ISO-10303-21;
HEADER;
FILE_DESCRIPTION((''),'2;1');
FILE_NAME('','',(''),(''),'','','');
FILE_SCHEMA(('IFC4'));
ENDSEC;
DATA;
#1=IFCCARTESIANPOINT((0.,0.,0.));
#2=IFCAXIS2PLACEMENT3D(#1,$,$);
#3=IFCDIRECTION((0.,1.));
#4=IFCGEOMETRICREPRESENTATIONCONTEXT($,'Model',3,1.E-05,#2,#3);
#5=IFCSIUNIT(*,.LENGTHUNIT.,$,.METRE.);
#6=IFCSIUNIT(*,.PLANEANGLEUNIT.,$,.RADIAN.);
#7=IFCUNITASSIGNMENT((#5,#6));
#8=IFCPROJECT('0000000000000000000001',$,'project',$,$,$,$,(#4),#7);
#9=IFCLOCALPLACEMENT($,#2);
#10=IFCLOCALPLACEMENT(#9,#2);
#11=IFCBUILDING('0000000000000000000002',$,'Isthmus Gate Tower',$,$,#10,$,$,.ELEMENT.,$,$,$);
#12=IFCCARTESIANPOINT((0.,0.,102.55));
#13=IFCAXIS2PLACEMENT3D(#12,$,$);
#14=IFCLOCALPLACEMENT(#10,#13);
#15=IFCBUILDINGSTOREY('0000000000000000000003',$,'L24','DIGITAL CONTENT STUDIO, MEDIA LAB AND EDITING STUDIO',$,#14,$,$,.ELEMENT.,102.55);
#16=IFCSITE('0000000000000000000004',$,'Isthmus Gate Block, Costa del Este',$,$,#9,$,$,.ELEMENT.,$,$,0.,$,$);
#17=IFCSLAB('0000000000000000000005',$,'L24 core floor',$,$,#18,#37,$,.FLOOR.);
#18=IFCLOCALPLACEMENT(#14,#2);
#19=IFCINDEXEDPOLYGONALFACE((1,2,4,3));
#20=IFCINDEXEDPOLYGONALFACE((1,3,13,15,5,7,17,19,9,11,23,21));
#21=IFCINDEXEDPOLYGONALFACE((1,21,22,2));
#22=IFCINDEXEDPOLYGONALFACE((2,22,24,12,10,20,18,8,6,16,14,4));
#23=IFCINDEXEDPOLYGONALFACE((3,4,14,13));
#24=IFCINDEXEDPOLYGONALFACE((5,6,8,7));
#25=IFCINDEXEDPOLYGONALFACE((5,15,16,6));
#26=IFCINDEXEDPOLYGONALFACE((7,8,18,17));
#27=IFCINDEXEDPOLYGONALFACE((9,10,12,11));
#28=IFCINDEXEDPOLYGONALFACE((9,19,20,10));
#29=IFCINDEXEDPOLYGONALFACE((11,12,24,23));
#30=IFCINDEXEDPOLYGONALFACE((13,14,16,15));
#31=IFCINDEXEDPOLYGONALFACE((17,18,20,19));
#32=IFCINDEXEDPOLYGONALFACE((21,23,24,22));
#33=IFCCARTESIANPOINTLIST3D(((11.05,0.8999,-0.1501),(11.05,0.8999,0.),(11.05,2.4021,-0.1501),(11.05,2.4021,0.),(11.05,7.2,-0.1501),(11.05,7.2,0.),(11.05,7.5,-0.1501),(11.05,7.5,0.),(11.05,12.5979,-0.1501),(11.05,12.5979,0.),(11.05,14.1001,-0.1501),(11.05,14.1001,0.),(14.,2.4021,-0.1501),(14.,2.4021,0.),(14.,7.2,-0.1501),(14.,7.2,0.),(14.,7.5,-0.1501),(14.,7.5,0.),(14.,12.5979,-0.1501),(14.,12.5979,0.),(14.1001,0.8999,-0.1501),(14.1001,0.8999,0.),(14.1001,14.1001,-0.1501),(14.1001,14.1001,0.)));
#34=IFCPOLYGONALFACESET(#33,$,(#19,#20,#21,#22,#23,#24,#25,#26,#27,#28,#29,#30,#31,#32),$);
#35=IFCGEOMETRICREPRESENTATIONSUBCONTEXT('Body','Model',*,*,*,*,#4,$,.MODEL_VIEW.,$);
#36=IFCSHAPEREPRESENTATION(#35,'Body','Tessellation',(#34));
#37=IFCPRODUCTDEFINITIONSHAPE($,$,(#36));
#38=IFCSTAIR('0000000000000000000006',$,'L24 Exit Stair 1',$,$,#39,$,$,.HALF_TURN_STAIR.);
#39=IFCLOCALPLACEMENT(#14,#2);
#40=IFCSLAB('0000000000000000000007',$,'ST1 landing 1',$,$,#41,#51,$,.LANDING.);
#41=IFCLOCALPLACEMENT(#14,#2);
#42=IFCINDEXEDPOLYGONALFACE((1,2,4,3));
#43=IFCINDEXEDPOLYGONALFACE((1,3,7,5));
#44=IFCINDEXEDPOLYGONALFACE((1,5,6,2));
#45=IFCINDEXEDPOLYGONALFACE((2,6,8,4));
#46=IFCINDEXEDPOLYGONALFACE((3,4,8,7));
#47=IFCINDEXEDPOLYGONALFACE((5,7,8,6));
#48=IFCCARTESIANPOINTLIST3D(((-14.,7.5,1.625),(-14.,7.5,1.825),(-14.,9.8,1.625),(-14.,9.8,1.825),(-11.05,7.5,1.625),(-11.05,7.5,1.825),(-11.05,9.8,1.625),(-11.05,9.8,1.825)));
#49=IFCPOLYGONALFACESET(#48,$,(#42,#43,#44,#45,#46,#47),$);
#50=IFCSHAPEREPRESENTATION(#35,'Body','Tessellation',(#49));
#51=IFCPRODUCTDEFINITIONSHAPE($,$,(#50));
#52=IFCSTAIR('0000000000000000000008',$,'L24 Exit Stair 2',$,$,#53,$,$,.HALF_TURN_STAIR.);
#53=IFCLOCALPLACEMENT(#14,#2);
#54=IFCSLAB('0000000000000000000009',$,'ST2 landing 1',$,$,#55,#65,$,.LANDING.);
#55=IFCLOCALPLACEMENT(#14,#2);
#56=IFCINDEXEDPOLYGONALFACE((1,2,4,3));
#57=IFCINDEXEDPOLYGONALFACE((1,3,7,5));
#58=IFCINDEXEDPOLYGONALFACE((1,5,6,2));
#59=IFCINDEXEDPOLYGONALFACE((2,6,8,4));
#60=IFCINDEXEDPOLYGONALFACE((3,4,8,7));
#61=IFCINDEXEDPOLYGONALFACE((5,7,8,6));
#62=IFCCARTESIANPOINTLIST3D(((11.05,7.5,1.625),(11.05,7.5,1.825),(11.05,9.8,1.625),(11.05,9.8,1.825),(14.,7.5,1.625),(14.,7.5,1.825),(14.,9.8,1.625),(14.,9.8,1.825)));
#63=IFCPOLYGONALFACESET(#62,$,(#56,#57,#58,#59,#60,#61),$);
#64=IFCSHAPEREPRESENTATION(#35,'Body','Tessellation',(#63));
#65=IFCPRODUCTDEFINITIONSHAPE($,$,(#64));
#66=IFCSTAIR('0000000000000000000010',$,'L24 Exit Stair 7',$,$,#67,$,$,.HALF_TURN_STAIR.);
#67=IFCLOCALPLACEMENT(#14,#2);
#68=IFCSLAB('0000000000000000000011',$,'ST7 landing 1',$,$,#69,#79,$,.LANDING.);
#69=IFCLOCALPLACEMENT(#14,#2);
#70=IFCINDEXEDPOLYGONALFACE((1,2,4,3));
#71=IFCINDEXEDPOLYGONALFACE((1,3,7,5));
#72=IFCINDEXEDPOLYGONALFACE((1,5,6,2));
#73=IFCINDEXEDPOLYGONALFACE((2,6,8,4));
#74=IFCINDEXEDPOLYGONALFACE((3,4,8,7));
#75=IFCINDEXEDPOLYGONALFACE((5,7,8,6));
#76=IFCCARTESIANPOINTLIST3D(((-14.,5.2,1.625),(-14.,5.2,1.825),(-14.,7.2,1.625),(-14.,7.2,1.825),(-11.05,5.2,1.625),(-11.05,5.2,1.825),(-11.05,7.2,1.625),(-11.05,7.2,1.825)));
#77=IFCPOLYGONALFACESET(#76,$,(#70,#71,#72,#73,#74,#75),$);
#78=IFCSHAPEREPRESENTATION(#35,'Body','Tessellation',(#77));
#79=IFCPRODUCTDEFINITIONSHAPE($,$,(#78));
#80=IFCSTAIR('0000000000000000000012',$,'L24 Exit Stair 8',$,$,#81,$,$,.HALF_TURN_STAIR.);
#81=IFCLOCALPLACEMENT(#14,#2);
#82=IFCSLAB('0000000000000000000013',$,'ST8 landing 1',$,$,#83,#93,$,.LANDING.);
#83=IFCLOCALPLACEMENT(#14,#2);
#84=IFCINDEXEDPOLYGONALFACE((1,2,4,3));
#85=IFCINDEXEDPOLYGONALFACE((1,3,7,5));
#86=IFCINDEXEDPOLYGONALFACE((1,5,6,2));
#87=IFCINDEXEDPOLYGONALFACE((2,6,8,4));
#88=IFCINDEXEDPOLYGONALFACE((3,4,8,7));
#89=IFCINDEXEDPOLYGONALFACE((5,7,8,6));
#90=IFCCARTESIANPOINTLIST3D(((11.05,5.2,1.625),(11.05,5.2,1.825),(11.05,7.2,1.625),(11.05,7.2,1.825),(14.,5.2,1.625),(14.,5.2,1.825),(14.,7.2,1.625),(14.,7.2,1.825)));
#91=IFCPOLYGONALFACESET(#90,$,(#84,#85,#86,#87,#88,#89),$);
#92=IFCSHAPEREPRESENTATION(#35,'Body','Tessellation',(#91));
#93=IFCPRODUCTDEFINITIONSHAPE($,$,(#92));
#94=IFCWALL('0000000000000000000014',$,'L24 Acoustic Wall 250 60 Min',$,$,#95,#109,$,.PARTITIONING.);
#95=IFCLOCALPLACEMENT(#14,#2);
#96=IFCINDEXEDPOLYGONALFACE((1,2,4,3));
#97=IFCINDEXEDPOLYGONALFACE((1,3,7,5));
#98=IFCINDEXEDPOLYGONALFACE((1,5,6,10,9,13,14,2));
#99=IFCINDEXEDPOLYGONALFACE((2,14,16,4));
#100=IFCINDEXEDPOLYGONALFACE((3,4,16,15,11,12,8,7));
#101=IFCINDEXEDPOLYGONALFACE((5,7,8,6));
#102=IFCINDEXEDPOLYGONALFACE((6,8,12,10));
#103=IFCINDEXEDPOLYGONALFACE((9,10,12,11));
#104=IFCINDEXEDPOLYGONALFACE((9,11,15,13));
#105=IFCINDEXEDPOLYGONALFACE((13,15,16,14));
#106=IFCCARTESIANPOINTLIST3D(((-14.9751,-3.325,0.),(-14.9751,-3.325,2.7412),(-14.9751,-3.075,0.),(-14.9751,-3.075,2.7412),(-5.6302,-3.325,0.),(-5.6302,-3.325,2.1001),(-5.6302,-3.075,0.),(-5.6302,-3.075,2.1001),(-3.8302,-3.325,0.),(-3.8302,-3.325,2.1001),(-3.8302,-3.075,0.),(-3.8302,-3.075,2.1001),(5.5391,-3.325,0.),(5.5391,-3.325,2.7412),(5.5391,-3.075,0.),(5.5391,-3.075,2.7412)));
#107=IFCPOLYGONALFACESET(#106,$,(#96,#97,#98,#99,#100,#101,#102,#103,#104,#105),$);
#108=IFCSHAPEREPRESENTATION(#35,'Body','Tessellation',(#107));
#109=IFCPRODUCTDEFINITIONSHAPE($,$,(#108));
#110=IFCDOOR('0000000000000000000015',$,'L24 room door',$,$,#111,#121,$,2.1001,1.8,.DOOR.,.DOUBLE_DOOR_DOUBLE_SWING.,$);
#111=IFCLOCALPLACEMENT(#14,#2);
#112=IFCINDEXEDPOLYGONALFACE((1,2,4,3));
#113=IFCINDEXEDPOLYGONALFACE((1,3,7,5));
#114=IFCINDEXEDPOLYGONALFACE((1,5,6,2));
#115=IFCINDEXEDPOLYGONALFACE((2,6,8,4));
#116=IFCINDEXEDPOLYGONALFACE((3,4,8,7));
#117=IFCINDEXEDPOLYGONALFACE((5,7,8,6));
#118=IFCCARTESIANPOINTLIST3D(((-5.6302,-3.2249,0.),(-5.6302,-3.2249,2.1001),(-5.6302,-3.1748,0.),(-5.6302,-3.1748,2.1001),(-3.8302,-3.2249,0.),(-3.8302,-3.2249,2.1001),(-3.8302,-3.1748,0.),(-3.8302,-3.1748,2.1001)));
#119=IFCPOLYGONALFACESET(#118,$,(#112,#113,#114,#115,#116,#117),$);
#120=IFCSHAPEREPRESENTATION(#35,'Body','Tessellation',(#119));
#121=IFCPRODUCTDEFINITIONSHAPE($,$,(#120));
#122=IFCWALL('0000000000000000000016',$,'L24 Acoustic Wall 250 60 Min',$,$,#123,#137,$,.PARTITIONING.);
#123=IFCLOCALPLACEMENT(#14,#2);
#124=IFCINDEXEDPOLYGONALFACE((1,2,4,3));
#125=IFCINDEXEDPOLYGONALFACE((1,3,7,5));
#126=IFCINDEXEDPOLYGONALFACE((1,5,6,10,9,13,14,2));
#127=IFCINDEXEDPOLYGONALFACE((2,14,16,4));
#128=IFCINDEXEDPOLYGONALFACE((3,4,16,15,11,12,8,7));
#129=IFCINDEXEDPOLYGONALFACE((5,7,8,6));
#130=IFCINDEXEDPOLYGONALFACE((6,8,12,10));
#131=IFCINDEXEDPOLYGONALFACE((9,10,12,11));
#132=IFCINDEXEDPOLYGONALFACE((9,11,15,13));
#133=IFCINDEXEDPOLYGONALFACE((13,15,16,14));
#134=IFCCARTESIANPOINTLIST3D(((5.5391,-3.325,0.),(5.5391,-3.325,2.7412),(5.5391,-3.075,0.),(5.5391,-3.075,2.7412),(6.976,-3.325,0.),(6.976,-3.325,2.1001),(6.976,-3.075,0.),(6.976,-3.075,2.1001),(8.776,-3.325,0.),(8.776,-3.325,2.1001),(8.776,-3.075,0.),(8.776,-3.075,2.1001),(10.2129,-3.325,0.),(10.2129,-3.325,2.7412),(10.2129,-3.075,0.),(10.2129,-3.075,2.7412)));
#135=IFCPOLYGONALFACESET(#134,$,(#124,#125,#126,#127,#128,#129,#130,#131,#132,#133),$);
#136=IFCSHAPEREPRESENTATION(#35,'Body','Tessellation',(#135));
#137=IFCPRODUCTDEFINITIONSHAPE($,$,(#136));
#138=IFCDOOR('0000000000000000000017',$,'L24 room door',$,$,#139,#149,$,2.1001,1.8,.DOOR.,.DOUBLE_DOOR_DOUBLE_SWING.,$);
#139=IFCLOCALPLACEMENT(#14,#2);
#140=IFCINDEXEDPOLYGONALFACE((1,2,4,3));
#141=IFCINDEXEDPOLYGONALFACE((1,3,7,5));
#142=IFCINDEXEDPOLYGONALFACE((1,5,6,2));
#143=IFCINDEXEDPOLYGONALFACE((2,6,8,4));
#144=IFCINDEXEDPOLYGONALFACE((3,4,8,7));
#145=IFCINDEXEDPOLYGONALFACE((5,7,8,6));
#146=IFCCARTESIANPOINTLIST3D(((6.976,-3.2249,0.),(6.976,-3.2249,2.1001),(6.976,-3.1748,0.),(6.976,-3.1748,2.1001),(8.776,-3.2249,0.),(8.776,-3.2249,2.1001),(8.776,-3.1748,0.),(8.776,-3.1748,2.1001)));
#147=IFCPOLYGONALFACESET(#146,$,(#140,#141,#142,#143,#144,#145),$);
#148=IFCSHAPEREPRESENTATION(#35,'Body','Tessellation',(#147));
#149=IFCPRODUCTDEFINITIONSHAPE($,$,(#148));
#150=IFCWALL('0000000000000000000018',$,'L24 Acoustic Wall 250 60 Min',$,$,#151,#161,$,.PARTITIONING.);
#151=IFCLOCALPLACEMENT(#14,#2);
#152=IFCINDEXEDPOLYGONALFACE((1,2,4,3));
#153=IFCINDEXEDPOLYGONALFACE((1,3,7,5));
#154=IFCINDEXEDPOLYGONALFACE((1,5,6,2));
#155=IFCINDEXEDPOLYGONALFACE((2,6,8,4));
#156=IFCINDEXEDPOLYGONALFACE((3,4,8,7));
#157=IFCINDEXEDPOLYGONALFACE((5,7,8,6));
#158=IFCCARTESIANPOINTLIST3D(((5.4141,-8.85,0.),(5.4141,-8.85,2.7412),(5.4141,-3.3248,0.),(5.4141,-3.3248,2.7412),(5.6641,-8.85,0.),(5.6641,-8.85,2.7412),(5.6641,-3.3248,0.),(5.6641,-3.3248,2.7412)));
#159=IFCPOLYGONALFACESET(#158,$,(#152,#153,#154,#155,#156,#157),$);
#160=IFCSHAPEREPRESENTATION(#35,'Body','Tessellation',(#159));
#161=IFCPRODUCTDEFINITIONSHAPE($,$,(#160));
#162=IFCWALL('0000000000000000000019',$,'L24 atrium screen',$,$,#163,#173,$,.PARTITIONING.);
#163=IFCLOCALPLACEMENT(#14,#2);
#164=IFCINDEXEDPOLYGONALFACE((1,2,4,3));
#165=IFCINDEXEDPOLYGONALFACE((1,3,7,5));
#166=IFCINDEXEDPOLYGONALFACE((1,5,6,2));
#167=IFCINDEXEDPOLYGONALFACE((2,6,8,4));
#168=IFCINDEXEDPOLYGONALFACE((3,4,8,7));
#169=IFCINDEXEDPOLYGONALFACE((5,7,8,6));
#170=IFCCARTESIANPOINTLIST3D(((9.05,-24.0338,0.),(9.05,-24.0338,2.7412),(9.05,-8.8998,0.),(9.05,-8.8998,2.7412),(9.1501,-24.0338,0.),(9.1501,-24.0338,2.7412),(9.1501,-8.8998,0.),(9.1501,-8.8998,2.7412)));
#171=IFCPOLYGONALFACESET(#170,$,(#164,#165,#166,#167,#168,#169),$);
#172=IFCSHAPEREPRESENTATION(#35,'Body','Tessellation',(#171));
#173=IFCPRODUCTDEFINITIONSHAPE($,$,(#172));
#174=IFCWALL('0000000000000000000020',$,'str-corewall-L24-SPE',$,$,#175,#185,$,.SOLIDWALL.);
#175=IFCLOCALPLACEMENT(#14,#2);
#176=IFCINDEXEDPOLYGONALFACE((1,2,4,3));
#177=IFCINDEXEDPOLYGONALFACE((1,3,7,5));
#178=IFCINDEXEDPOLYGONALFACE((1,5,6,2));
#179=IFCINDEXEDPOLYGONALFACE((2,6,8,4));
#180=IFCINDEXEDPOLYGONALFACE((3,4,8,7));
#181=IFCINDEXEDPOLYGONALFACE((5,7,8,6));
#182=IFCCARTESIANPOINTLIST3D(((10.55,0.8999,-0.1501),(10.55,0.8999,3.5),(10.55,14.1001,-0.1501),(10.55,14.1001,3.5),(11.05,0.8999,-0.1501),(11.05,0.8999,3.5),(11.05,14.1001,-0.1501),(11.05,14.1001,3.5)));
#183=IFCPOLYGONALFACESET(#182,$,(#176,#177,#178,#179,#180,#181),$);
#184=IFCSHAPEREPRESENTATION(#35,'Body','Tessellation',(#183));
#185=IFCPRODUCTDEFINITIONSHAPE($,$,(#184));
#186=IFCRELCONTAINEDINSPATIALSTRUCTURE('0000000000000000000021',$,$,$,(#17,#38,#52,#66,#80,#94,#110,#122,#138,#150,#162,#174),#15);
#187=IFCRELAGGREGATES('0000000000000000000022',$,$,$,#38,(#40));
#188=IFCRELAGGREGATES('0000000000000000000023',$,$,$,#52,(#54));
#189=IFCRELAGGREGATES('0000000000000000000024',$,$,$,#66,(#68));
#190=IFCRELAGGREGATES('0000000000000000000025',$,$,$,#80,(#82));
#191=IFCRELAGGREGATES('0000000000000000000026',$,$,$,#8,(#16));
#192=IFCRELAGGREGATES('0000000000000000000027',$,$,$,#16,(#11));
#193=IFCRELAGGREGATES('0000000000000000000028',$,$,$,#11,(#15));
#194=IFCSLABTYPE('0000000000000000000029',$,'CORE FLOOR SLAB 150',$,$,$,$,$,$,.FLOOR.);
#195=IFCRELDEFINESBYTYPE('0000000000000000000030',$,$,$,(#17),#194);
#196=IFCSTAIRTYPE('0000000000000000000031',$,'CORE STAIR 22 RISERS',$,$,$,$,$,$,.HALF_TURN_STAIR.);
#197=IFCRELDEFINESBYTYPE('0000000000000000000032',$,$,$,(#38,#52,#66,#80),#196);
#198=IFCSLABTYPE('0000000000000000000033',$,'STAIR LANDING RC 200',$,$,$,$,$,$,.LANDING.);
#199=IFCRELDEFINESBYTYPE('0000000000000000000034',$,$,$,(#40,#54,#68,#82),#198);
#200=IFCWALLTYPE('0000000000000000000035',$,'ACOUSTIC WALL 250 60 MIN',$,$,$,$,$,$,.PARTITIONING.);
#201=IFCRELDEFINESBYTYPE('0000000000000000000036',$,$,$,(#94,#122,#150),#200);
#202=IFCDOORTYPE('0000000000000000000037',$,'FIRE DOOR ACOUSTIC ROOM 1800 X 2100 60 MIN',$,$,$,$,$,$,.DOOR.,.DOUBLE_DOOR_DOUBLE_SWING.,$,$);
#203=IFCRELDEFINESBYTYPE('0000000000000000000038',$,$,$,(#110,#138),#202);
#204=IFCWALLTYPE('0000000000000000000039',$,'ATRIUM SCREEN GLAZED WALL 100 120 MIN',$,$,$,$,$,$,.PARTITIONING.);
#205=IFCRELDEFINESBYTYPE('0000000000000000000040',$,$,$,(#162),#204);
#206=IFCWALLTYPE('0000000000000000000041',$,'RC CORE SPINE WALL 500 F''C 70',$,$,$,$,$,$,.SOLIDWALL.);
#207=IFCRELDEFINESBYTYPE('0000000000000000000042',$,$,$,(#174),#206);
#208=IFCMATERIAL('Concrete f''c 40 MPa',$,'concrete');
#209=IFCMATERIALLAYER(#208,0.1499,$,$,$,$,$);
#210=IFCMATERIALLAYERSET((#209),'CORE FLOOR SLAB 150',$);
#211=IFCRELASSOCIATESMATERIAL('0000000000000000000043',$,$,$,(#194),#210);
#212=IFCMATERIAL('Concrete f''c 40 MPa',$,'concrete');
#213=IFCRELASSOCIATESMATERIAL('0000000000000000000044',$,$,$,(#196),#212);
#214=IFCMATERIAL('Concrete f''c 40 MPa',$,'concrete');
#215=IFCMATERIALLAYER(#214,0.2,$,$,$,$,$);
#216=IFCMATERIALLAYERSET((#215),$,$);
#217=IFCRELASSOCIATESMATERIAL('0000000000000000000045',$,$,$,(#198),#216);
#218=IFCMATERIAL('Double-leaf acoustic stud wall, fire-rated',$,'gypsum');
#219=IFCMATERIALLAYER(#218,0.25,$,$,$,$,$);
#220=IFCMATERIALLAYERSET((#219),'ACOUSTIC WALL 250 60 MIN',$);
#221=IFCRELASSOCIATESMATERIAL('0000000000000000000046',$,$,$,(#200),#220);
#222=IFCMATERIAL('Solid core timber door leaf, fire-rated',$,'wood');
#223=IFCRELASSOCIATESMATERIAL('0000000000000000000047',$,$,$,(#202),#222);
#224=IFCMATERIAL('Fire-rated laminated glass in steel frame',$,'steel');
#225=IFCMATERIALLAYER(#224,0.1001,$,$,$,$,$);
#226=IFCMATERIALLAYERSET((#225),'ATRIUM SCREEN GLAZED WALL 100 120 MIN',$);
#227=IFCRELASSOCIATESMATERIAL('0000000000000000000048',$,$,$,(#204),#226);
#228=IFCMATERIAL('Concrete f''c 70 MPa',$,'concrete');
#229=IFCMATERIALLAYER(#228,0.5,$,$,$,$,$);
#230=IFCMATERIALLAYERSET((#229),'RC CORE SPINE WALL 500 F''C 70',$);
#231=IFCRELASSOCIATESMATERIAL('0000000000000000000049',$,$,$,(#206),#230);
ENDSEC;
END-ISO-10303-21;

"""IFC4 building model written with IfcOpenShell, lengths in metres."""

from ifc_helpers import new_model, si_unit, direction, frame, frame_2d, origin, place, context, subcontext, project, spatial, polyline, rectangle, outline, extrude, material, layer, layer_set, type_object, element, fill, aggregate, save


model = new_model("IFC4")

# Units and contexts
model_context = context("Model", 3, precision=1e-05, world=origin(), true_north=direction((0.0, 1.0)))
body_context = subcontext(model_context, "Body", "Model", "MODEL_VIEW")
ifc_project = project(units=[si_unit("LENGTHUNIT", "METRE"), si_unit("PLANEANGLEUNIT", "RADIAN")], contexts=[model_context])

# Site, building, storey
site_placement = place(None, origin())
site = spatial("IfcSite", under=ifc_project, at=site_placement, Name="Isthmus Gate Block, Costa del Este", CompositionType="ELEMENT", RefElevation=0.0)
building_placement = place(site_placement, origin())
building = spatial("IfcBuilding", under=site, at=building_placement, Name="Isthmus Gate Tower", CompositionType="ELEMENT")
storey_placement = place(building_placement, frame((0.0, 0.0, 102.55)))
storey = spatial("IfcBuildingStorey", under=building, at=storey_placement, Name="L24", Description="DIGITAL CONTENT STUDIO, MEDIA LAB AND EDITING STUDIO", CompositionType="ELEMENT", Elevation=102.55)

# Slab
ifc_material_1 = material(Name="Concrete f'c 40 MPa", Category="concrete")
ifc_layer_1 = layer(ifc_material_1, 0.1499)
ifc_layer_set_1 = layer_set([ifc_layer_1], Name="CORE FLOOR SLAB 150")
slab_type_1 = type_object("IfcSlabType", Name="CORE FLOOR SLAB 150", PredefinedType="FLOOR", material=ifc_layer_set_1)
slab_1_placement = place(storey_placement, frame((0.0, 0.0, -0.1501)))
element("IfcSlab", 1, at=slab_1_placement, inside=storey, type_object=slab_type_1, Name="L24 core floor", PredefinedType="FLOOR", context=body_context, shape_type="SweptSolid", body=[
    extrude(outline(polyline([(11.05, 14.1001), (11.05, 12.5979), (14.0, 12.5979), (14.0, 7.5), (11.05, 7.5), (11.05, 7.2), (14.0, 7.2), (14.0, 2.4021), (11.05, 2.4021), (11.05, 0.8999), (14.1001, 0.8999), (14.1001, 14.1001), (11.05, 14.1001)])), origin(), (0.0, 0.0, 1.0), 0.1501),
])

# Stairs, slabs
ifc_material_2 = material(Name="Concrete f'c 40 MPa", Category="concrete")
stair_type = type_object("IfcStairType", Name="CORE STAIR 22 RISERS", PredefinedType="HALF_TURN_STAIR", material=ifc_material_2)
stair_1_placement = place(storey_placement, origin())
stair_1 = element("IfcStair", 2, at=stair_1_placement, inside=storey, type_object=stair_type, Name="L24 Exit Stair 1", PredefinedType="HALF_TURN_STAIR")
ifc_material_3 = material(Name="Concrete f'c 40 MPa", Category="concrete")
ifc_layer_2 = layer(ifc_material_3, 0.2)
ifc_layer_set_2 = layer_set([ifc_layer_2])
slab_type_2 = type_object("IfcSlabType", Name="STAIR LANDING RC 200", PredefinedType="LANDING", material=ifc_layer_set_2)
slab_2_placement = place(storey_placement, frame((0.0, 0.0, 1.625)))
slab_2 = element("IfcSlab", 3, at=slab_2_placement, type_object=slab_type_2, Name="ST1 landing 1", PredefinedType="LANDING", context=body_context, shape_type="SweptSolid", body=[
    extrude(outline(polyline([(-14.0, 9.8), (-14.0, 7.5), (-11.05, 7.5), (-11.05, 9.8), (-14.0, 9.8)])), origin(), (0.0, 0.0, 1.0), 0.2),
])
aggregate(stair_1, [slab_2])
stair_2_placement = place(storey_placement, origin())
stair_2 = element("IfcStair", 4, at=stair_2_placement, inside=storey, type_object=stair_type, Name="L24 Exit Stair 2", PredefinedType="HALF_TURN_STAIR")
slab_3_placement = place(storey_placement, frame((0.0, 0.0, 1.625)))
slab_3 = element("IfcSlab", 5, at=slab_3_placement, type_object=slab_type_2, Name="ST2 landing 1", PredefinedType="LANDING", context=body_context, shape_type="SweptSolid", body=[
    extrude(outline(polyline([(11.05, 9.8), (11.05, 7.5), (14.0, 7.5), (14.0, 9.8), (11.05, 9.8)])), origin(), (0.0, 0.0, 1.0), 0.2),
])
aggregate(stair_2, [slab_3])
stair_3_placement = place(storey_placement, origin())
stair_3 = element("IfcStair", 6, at=stair_3_placement, inside=storey, type_object=stair_type, Name="L24 Exit Stair 7", PredefinedType="HALF_TURN_STAIR")
slab_4_placement = place(storey_placement, frame((0.0, 0.0, 1.625)))
slab_4 = element("IfcSlab", 7, at=slab_4_placement, type_object=slab_type_2, Name="ST7 landing 1", PredefinedType="LANDING", context=body_context, shape_type="SweptSolid", body=[
    extrude(outline(polyline([(-11.05, 5.2), (-11.05, 7.2), (-14.0, 7.2), (-14.0, 5.2), (-11.05, 5.2)])), origin(), (0.0, 0.0, 1.0), 0.2),
])
aggregate(stair_3, [slab_4])
stair_4_placement = place(storey_placement, origin())
stair_4 = element("IfcStair", 8, at=stair_4_placement, inside=storey, type_object=stair_type, Name="L24 Exit Stair 8", PredefinedType="HALF_TURN_STAIR")
slab_5_placement = place(storey_placement, frame((0.0, 0.0, 1.625)))
slab_5 = element("IfcSlab", 9, at=slab_5_placement, type_object=slab_type_2, Name="ST8 landing 1", PredefinedType="LANDING", context=body_context, shape_type="SweptSolid", body=[
    extrude(outline(polyline([(14.0, 5.2), (14.0, 7.2), (11.05, 7.2), (11.05, 5.2), (14.0, 5.2)])), origin(), (0.0, 0.0, 1.0), 0.2),
])

# Walls, openings, doors
ifc_material_4 = material(Name="Double-leaf acoustic stud wall, fire-rated", Category="gypsum")
ifc_layer_3 = layer(ifc_material_4, 0.25)
ifc_layer_set_3 = layer_set([ifc_layer_3], Name="ACOUSTIC WALL 250 60 MIN")
wall_type_1 = type_object("IfcWallType", Name="ACOUSTIC WALL 250 60 MIN", PredefinedType="PARTITIONING", material=ifc_layer_set_3)
wall_1_placement = place(storey_placement, frame((5.5391, -3.2, 0.0), z_axis=(0.0, 0.0, 1.0), x_axis=(-1.0, 0.0, 0.0)))
wall_1 = element("IfcWall", 10, at=wall_1_placement, inside=storey, type_object=wall_type_1, Name="L24 Acoustic Wall 250 60 Min", PredefinedType="PARTITIONING", context=body_context, shape_type="SweptSolid", body=[
    extrude(rectangle(XDim=20.5142, YDim=0.25, at=frame_2d((10.2571, 0.0))), origin(), (0.0, 0.0, 1.0), 2.7412),
])
opening_1_placement = place(wall_1_placement, frame((9.3694, 0.0, 0.0)))
opening_1 = element("IfcOpeningElement", 11, at=opening_1_placement, cuts=wall_1, PredefinedType="OPENING", context=body_context, shape_type="SweptSolid", body=[
    extrude(rectangle(XDim=1.8, YDim=2.1001, at=frame_2d((0.8999, 1.05))), frame((0.0, 0.135, 0.0), z_axis=(0.0, -1.0, 0.0), x_axis=(1.0, 0.0, 0.0)), (0.0, 0.0, 1.0), 0.27),
])
ifc_material_5 = material(Name="Solid core timber door leaf, fire-rated", Category="wood")
door_type = type_object("IfcDoorType", Name="FIRE DOOR ACOUSTIC ROOM 1800 X 2100 60 MIN", OperationType="DOUBLE_DOOR_DOUBLE_SWING", PredefinedType="DOOR", material=ifc_material_5)
door_1_placement = place(opening_1_placement, origin())
door_1 = element("IfcDoor", 12, at=door_1_placement, inside=storey, type_object=door_type, Name="L24 room door", OperationType="DOUBLE_DOOR_DOUBLE_SWING", OverallHeight=2.1001, OverallWidth=1.8, PredefinedType="DOOR", context=body_context, shape_type="SweptSolid", body=[
    extrude(rectangle(XDim=1.8, YDim=2.1001, at=frame_2d((0.8999, 1.05))), frame((0.0, 0.0249, 0.0), z_axis=(0.0, -1.0, 0.0), x_axis=(1.0, 0.0, 0.0)), (0.0, 0.0, 1.0), 0.05),
])
fill(opening_1, door_1)
wall_2_placement = place(storey_placement, frame((10.2129, -3.2, 0.0), z_axis=(0.0, 0.0, 1.0), x_axis=(-1.0, 0.0, 0.0)))
wall_2 = element("IfcWall", 13, at=wall_2_placement, inside=storey, type_object=wall_type_1, Name="L24 Acoustic Wall 250 60 Min", PredefinedType="PARTITIONING", context=body_context, shape_type="SweptSolid", body=[
    extrude(rectangle(XDim=4.6738, YDim=0.25, at=frame_2d((2.3369, 0.0))), origin(), (0.0, 0.0, 1.0), 2.7412),
])
opening_2_placement = place(wall_2_placement, frame((1.437, 0.0, 0.0)))
opening_2 = element("IfcOpeningElement", 14, at=opening_2_placement, cuts=wall_2, PredefinedType="OPENING", context=body_context, shape_type="SweptSolid", body=[
    extrude(rectangle(XDim=1.8, YDim=2.1001, at=frame_2d((0.8999, 1.05))), frame((0.0, 0.135, 0.0), z_axis=(0.0, -1.0, 0.0), x_axis=(1.0, 0.0, 0.0)), (0.0, 0.0, 1.0), 0.27),
])
door_2_placement = place(opening_2_placement, origin())
door_2 = element("IfcDoor", 15, at=door_2_placement, inside=storey, type_object=door_type, Name="L24 room door", OperationType="DOUBLE_DOOR_DOUBLE_SWING", OverallHeight=2.1001, OverallWidth=1.8, PredefinedType="DOOR", context=body_context, shape_type="SweptSolid", body=[
    extrude(rectangle(XDim=1.8, YDim=2.1001, at=frame_2d((0.8999, 1.05))), frame((0.0, 0.0249, 0.0), z_axis=(0.0, -1.0, 0.0), x_axis=(1.0, 0.0, 0.0)), (0.0, 0.0, 1.0), 0.05),
])
fill(opening_2, door_2)

# Walls
wall_3_placement = place(storey_placement, frame((5.5391, -8.8501, 0.0), z_axis=(0.0, 0.0, 1.0), x_axis=(0.0, 1.0, 0.0)))
element("IfcWall", 16, at=wall_3_placement, inside=storey, type_object=wall_type_1, Name="L24 Acoustic Wall 250 60 Min", PredefinedType="PARTITIONING", context=body_context, shape_type="SweptSolid", body=[
    extrude(rectangle(XDim=5.5251, YDim=0.25, at=frame_2d((2.7627, 0.0))), origin(), (0.0, 0.0, 1.0), 2.7412),
])
ifc_material_6 = material(Name="Fire-rated laminated glass in steel frame", Category="steel")
ifc_layer_4 = layer(ifc_material_6, 0.1001)
ifc_layer_set_4 = layer_set([ifc_layer_4], Name="ATRIUM SCREEN GLAZED WALL 100 120 MIN")
wall_type_2 = type_object("IfcWallType", Name="ATRIUM SCREEN GLAZED WALL 100 120 MIN", PredefinedType="PARTITIONING", material=ifc_layer_set_4)
wall_4_placement = place(storey_placement, frame((9.1001, -8.8999, 0.0), z_axis=(0.0, 0.0, 1.0), x_axis=(0.0, -1.0, 0.0)))
element("IfcWall", 17, at=wall_4_placement, inside=storey, type_object=wall_type_2, Name="L24 atrium screen", PredefinedType="PARTITIONING", context=body_context, shape_type="SweptSolid", body=[
    extrude(rectangle(XDim=15.134, YDim=0.1001, at=frame_2d((7.5669, 0.0))), origin(), (0.0, 0.0, 1.0), 2.7412),
])
ifc_material_7 = material(Name="Concrete f'c 70 MPa", Category="concrete")
ifc_layer_5 = layer(ifc_material_7, 0.5)
ifc_layer_set_5 = layer_set([ifc_layer_5], Name="RC CORE SPINE WALL 500 F'C 70")
wall_type_3 = type_object("IfcWallType", Name="RC CORE SPINE WALL 500 F'C 70", PredefinedType="SOLIDWALL", material=ifc_layer_set_5)
wall_5_placement = place(storey_placement, frame((10.8, 0.8999, -0.1501), z_axis=(0.0, 0.0, 1.0), x_axis=(0.0, 1.0, 0.0)))
element("IfcWall", 18, at=wall_5_placement, inside=storey, type_object=wall_type_3, Name="str-corewall-L24-SPE", PredefinedType="SOLIDWALL", context=body_context, shape_type="SweptSolid", body=[
    extrude(rectangle(XDim=13.2002, YDim=0.5, at=frame_2d((6.6001, 0.0))), origin(), (0.0, 0.0, 1.0), 3.6501),
])

aggregate(stair_4, [slab_5])

save(model, "model.ifc")
